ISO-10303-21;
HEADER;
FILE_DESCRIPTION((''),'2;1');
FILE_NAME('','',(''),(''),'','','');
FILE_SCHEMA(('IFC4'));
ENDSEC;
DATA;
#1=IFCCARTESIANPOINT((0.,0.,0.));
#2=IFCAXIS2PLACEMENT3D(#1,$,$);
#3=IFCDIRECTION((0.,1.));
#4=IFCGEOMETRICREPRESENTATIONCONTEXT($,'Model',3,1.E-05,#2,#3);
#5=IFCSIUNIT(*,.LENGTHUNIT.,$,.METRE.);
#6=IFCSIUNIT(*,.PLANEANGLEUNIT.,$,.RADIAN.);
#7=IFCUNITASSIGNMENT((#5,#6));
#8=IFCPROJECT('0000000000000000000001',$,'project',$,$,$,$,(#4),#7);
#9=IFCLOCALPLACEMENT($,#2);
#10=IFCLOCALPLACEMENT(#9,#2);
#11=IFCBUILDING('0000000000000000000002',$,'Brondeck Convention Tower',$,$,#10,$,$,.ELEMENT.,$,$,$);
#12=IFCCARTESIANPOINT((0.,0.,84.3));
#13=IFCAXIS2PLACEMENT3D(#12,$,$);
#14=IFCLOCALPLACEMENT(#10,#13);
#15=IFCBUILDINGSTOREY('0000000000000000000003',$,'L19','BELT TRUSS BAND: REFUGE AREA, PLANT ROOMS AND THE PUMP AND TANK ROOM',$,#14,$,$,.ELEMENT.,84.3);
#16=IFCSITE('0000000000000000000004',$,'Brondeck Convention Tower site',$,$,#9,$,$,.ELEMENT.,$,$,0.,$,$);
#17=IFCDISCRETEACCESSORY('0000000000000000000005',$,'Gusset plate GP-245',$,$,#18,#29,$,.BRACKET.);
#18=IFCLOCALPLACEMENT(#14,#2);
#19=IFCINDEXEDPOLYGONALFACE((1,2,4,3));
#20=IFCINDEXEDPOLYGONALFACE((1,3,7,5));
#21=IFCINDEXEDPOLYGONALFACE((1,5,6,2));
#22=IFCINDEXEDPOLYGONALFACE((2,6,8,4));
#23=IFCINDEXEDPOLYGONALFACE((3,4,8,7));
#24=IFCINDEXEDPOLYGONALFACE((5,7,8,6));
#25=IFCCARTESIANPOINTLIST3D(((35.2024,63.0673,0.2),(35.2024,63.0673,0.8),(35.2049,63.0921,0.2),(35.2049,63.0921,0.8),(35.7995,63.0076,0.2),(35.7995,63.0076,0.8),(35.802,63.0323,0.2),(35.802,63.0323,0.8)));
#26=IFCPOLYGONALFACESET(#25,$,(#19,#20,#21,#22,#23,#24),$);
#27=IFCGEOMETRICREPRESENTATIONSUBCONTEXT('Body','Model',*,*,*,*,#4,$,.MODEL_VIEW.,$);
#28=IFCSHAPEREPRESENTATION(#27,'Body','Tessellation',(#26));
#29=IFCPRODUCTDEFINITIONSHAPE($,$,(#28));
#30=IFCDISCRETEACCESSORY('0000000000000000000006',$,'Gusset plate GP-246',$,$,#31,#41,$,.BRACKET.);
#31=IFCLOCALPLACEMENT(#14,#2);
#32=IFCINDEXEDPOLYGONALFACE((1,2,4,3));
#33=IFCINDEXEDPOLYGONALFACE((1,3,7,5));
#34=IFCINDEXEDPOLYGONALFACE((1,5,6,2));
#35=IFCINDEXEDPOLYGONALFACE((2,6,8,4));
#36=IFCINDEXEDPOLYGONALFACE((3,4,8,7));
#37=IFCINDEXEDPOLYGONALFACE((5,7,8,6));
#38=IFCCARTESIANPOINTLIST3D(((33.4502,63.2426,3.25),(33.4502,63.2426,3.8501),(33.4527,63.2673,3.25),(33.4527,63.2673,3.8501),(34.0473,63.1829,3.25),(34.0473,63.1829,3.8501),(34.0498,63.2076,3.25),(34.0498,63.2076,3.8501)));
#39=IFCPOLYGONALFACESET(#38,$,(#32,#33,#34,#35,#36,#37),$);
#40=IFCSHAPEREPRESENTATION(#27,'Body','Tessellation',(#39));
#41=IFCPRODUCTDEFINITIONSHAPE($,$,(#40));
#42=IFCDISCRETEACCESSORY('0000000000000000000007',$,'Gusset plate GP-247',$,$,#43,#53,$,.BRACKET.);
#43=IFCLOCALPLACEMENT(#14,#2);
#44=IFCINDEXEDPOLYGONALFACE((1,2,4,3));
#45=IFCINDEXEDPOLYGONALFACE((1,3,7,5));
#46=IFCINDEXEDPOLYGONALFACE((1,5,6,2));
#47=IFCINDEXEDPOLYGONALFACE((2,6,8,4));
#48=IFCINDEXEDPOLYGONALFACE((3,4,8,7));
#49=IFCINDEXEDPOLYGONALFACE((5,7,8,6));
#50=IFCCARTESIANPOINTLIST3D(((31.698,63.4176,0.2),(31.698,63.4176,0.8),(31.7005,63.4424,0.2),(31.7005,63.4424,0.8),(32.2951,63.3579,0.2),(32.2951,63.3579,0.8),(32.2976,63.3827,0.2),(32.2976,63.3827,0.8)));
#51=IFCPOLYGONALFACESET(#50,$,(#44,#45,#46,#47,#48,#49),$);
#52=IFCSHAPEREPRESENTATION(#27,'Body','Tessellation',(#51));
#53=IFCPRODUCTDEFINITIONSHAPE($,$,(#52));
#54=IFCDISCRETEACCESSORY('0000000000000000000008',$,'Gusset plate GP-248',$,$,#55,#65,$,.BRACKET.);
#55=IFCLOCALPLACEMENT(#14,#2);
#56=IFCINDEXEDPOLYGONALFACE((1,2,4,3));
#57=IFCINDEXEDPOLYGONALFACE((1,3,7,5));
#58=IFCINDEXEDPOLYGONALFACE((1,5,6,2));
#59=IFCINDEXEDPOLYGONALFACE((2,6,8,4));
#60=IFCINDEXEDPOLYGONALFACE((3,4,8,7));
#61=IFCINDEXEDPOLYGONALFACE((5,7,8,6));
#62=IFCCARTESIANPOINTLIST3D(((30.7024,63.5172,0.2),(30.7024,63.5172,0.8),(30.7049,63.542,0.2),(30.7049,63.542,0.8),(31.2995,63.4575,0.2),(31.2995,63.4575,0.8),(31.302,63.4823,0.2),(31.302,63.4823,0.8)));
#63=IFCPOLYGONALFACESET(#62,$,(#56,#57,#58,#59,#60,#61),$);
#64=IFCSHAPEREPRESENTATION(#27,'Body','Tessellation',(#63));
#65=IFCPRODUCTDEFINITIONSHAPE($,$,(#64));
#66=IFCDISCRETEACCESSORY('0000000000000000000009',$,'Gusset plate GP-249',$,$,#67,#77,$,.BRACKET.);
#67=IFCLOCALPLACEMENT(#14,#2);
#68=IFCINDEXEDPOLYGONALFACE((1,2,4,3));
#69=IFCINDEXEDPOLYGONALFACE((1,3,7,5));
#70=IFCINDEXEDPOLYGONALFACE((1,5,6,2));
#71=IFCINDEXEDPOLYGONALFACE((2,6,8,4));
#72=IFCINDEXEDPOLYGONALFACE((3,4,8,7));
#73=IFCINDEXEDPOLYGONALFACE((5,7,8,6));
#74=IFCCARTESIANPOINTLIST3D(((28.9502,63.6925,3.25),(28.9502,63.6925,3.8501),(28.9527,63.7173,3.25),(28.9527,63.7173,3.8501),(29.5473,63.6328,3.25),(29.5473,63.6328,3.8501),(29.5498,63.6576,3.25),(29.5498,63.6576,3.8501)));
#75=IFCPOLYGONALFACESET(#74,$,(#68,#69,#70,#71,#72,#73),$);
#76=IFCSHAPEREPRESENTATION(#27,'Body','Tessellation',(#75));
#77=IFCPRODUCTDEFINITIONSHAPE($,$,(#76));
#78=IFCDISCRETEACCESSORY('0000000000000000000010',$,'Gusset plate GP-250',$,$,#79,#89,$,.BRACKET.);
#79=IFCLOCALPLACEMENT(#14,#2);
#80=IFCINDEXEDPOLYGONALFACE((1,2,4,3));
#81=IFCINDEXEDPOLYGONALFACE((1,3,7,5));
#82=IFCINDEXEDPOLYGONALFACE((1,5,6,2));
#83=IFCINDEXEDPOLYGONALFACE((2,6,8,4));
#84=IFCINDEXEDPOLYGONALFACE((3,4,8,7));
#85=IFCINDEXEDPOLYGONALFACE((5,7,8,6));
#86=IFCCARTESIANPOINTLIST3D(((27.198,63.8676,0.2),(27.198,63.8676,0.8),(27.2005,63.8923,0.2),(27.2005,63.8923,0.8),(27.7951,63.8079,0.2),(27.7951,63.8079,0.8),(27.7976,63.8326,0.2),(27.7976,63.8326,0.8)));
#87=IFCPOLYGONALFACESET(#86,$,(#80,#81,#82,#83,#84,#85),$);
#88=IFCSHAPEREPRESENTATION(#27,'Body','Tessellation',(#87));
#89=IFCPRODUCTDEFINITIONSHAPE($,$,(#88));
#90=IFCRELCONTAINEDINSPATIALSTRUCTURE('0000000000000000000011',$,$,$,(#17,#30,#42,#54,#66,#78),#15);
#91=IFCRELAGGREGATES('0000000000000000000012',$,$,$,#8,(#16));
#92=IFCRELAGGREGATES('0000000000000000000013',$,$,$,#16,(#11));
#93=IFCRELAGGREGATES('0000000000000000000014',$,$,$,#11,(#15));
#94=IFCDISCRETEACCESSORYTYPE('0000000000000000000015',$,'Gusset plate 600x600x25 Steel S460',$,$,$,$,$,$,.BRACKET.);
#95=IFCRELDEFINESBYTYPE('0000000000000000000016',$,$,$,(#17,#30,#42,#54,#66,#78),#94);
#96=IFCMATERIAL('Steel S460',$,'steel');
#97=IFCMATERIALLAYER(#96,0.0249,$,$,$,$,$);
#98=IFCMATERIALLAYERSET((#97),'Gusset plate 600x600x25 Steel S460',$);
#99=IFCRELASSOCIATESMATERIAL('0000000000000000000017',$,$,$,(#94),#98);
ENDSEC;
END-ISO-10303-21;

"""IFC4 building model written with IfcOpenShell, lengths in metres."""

from ifc_helpers import new_model, si_unit, direction, frame, origin, origin_2d, place, context, subcontext, project, spatial, rectangle, extrude, material, layer, layer_set, type_object, element, save


model = new_model("IFC4")

# Units and contexts
model_context = context("Model", 3, precision=1e-05, world=origin(), true_north=direction((0.0, 1.0)))
body_context = subcontext(model_context, "Body", "Model", "MODEL_VIEW")
ifc_project = project(units=[si_unit("LENGTHUNIT", "METRE"), si_unit("PLANEANGLEUNIT", "RADIAN")], contexts=[model_context])

# Site, building, storey
site_placement = place(None, origin())
site = spatial("IfcSite", under=ifc_project, at=site_placement, Name="Brondeck Convention Tower site", CompositionType="ELEMENT", RefElevation=0.0)
building_placement = place(site_placement, origin())
building = spatial("IfcBuilding", under=site, at=building_placement, Name="Brondeck Convention Tower", CompositionType="ELEMENT")
storey_placement = place(building_placement, frame((0.0, 0.0, 84.3)))
storey = spatial("IfcBuildingStorey", under=building, at=storey_placement, Name="L19", Description="BELT TRUSS BAND: REFUGE AREA, PLANT ROOMS AND THE PUMP AND TANK ROOM", CompositionType="ELEMENT", Elevation=84.3)

# Shared definitions
ifc_material_1 = material(Name="Steel S460", Category="steel")

# Discrete accessories
ifc_layer_1 = layer(ifc_material_1, 0.0249)
ifc_layer_set_1 = layer_set([ifc_layer_1], Name="Gusset plate 600x600x25 Steel S460")
discrete_accessory_type = type_object("IfcDiscreteAccessoryType", Name="Gusset plate 600x600x25 Steel S460", PredefinedType="BRACKET", material=ifc_layer_set_1)
for number, where, z_axis, x_axis, name in (
    (1, (35.5022, 63.0498, 0.2), (0.0, 0.0, 1.0), (-0.995036, 0.099511, 0.0), "Gusset plate GP-245"),
    (2, (33.75, 63.2251, 3.25), (0.0, 0.0, 1.0), (-0.995036, 0.099511, 0.0), "Gusset plate GP-246"),
    (3, (31.9978, 63.4001, 0.2), (0.0, 0.0, 1.0), (-0.995036, 0.099511, 0.0), "Gusset plate GP-247"),
    (4, (31.0022, 63.4998, 0.2), (0.0, 0.0, 1.0), (-0.995036, 0.099511, 0.0), "Gusset plate GP-248"),
    (5, (29.25, 63.675, 3.25), (0.0, 0.0, 1.0), (-0.995036, 0.099511, 0.0), "Gusset plate GP-249"),
    (6, (27.4978, 63.8501, 0.2), (0.0, 0.0, 1.0), (-0.995036, 0.099511, 0.0), "Gusset plate GP-250"),
):
    element("IfcDiscreteAccessory", number, at=place(storey_placement, frame(where, z_axis=z_axis, x_axis=x_axis)), inside=storey, type_object=discrete_accessory_type, Name=name, PredefinedType="BRACKET", context=body_context, shape_type="SweptSolid", body=[
        extrude(rectangle(XDim=0.6001, YDim=0.0249, at=origin_2d()), origin(), (0.0, 0.0, 1.0), 0.6001),
    ])

save(model, "model.ifc")
